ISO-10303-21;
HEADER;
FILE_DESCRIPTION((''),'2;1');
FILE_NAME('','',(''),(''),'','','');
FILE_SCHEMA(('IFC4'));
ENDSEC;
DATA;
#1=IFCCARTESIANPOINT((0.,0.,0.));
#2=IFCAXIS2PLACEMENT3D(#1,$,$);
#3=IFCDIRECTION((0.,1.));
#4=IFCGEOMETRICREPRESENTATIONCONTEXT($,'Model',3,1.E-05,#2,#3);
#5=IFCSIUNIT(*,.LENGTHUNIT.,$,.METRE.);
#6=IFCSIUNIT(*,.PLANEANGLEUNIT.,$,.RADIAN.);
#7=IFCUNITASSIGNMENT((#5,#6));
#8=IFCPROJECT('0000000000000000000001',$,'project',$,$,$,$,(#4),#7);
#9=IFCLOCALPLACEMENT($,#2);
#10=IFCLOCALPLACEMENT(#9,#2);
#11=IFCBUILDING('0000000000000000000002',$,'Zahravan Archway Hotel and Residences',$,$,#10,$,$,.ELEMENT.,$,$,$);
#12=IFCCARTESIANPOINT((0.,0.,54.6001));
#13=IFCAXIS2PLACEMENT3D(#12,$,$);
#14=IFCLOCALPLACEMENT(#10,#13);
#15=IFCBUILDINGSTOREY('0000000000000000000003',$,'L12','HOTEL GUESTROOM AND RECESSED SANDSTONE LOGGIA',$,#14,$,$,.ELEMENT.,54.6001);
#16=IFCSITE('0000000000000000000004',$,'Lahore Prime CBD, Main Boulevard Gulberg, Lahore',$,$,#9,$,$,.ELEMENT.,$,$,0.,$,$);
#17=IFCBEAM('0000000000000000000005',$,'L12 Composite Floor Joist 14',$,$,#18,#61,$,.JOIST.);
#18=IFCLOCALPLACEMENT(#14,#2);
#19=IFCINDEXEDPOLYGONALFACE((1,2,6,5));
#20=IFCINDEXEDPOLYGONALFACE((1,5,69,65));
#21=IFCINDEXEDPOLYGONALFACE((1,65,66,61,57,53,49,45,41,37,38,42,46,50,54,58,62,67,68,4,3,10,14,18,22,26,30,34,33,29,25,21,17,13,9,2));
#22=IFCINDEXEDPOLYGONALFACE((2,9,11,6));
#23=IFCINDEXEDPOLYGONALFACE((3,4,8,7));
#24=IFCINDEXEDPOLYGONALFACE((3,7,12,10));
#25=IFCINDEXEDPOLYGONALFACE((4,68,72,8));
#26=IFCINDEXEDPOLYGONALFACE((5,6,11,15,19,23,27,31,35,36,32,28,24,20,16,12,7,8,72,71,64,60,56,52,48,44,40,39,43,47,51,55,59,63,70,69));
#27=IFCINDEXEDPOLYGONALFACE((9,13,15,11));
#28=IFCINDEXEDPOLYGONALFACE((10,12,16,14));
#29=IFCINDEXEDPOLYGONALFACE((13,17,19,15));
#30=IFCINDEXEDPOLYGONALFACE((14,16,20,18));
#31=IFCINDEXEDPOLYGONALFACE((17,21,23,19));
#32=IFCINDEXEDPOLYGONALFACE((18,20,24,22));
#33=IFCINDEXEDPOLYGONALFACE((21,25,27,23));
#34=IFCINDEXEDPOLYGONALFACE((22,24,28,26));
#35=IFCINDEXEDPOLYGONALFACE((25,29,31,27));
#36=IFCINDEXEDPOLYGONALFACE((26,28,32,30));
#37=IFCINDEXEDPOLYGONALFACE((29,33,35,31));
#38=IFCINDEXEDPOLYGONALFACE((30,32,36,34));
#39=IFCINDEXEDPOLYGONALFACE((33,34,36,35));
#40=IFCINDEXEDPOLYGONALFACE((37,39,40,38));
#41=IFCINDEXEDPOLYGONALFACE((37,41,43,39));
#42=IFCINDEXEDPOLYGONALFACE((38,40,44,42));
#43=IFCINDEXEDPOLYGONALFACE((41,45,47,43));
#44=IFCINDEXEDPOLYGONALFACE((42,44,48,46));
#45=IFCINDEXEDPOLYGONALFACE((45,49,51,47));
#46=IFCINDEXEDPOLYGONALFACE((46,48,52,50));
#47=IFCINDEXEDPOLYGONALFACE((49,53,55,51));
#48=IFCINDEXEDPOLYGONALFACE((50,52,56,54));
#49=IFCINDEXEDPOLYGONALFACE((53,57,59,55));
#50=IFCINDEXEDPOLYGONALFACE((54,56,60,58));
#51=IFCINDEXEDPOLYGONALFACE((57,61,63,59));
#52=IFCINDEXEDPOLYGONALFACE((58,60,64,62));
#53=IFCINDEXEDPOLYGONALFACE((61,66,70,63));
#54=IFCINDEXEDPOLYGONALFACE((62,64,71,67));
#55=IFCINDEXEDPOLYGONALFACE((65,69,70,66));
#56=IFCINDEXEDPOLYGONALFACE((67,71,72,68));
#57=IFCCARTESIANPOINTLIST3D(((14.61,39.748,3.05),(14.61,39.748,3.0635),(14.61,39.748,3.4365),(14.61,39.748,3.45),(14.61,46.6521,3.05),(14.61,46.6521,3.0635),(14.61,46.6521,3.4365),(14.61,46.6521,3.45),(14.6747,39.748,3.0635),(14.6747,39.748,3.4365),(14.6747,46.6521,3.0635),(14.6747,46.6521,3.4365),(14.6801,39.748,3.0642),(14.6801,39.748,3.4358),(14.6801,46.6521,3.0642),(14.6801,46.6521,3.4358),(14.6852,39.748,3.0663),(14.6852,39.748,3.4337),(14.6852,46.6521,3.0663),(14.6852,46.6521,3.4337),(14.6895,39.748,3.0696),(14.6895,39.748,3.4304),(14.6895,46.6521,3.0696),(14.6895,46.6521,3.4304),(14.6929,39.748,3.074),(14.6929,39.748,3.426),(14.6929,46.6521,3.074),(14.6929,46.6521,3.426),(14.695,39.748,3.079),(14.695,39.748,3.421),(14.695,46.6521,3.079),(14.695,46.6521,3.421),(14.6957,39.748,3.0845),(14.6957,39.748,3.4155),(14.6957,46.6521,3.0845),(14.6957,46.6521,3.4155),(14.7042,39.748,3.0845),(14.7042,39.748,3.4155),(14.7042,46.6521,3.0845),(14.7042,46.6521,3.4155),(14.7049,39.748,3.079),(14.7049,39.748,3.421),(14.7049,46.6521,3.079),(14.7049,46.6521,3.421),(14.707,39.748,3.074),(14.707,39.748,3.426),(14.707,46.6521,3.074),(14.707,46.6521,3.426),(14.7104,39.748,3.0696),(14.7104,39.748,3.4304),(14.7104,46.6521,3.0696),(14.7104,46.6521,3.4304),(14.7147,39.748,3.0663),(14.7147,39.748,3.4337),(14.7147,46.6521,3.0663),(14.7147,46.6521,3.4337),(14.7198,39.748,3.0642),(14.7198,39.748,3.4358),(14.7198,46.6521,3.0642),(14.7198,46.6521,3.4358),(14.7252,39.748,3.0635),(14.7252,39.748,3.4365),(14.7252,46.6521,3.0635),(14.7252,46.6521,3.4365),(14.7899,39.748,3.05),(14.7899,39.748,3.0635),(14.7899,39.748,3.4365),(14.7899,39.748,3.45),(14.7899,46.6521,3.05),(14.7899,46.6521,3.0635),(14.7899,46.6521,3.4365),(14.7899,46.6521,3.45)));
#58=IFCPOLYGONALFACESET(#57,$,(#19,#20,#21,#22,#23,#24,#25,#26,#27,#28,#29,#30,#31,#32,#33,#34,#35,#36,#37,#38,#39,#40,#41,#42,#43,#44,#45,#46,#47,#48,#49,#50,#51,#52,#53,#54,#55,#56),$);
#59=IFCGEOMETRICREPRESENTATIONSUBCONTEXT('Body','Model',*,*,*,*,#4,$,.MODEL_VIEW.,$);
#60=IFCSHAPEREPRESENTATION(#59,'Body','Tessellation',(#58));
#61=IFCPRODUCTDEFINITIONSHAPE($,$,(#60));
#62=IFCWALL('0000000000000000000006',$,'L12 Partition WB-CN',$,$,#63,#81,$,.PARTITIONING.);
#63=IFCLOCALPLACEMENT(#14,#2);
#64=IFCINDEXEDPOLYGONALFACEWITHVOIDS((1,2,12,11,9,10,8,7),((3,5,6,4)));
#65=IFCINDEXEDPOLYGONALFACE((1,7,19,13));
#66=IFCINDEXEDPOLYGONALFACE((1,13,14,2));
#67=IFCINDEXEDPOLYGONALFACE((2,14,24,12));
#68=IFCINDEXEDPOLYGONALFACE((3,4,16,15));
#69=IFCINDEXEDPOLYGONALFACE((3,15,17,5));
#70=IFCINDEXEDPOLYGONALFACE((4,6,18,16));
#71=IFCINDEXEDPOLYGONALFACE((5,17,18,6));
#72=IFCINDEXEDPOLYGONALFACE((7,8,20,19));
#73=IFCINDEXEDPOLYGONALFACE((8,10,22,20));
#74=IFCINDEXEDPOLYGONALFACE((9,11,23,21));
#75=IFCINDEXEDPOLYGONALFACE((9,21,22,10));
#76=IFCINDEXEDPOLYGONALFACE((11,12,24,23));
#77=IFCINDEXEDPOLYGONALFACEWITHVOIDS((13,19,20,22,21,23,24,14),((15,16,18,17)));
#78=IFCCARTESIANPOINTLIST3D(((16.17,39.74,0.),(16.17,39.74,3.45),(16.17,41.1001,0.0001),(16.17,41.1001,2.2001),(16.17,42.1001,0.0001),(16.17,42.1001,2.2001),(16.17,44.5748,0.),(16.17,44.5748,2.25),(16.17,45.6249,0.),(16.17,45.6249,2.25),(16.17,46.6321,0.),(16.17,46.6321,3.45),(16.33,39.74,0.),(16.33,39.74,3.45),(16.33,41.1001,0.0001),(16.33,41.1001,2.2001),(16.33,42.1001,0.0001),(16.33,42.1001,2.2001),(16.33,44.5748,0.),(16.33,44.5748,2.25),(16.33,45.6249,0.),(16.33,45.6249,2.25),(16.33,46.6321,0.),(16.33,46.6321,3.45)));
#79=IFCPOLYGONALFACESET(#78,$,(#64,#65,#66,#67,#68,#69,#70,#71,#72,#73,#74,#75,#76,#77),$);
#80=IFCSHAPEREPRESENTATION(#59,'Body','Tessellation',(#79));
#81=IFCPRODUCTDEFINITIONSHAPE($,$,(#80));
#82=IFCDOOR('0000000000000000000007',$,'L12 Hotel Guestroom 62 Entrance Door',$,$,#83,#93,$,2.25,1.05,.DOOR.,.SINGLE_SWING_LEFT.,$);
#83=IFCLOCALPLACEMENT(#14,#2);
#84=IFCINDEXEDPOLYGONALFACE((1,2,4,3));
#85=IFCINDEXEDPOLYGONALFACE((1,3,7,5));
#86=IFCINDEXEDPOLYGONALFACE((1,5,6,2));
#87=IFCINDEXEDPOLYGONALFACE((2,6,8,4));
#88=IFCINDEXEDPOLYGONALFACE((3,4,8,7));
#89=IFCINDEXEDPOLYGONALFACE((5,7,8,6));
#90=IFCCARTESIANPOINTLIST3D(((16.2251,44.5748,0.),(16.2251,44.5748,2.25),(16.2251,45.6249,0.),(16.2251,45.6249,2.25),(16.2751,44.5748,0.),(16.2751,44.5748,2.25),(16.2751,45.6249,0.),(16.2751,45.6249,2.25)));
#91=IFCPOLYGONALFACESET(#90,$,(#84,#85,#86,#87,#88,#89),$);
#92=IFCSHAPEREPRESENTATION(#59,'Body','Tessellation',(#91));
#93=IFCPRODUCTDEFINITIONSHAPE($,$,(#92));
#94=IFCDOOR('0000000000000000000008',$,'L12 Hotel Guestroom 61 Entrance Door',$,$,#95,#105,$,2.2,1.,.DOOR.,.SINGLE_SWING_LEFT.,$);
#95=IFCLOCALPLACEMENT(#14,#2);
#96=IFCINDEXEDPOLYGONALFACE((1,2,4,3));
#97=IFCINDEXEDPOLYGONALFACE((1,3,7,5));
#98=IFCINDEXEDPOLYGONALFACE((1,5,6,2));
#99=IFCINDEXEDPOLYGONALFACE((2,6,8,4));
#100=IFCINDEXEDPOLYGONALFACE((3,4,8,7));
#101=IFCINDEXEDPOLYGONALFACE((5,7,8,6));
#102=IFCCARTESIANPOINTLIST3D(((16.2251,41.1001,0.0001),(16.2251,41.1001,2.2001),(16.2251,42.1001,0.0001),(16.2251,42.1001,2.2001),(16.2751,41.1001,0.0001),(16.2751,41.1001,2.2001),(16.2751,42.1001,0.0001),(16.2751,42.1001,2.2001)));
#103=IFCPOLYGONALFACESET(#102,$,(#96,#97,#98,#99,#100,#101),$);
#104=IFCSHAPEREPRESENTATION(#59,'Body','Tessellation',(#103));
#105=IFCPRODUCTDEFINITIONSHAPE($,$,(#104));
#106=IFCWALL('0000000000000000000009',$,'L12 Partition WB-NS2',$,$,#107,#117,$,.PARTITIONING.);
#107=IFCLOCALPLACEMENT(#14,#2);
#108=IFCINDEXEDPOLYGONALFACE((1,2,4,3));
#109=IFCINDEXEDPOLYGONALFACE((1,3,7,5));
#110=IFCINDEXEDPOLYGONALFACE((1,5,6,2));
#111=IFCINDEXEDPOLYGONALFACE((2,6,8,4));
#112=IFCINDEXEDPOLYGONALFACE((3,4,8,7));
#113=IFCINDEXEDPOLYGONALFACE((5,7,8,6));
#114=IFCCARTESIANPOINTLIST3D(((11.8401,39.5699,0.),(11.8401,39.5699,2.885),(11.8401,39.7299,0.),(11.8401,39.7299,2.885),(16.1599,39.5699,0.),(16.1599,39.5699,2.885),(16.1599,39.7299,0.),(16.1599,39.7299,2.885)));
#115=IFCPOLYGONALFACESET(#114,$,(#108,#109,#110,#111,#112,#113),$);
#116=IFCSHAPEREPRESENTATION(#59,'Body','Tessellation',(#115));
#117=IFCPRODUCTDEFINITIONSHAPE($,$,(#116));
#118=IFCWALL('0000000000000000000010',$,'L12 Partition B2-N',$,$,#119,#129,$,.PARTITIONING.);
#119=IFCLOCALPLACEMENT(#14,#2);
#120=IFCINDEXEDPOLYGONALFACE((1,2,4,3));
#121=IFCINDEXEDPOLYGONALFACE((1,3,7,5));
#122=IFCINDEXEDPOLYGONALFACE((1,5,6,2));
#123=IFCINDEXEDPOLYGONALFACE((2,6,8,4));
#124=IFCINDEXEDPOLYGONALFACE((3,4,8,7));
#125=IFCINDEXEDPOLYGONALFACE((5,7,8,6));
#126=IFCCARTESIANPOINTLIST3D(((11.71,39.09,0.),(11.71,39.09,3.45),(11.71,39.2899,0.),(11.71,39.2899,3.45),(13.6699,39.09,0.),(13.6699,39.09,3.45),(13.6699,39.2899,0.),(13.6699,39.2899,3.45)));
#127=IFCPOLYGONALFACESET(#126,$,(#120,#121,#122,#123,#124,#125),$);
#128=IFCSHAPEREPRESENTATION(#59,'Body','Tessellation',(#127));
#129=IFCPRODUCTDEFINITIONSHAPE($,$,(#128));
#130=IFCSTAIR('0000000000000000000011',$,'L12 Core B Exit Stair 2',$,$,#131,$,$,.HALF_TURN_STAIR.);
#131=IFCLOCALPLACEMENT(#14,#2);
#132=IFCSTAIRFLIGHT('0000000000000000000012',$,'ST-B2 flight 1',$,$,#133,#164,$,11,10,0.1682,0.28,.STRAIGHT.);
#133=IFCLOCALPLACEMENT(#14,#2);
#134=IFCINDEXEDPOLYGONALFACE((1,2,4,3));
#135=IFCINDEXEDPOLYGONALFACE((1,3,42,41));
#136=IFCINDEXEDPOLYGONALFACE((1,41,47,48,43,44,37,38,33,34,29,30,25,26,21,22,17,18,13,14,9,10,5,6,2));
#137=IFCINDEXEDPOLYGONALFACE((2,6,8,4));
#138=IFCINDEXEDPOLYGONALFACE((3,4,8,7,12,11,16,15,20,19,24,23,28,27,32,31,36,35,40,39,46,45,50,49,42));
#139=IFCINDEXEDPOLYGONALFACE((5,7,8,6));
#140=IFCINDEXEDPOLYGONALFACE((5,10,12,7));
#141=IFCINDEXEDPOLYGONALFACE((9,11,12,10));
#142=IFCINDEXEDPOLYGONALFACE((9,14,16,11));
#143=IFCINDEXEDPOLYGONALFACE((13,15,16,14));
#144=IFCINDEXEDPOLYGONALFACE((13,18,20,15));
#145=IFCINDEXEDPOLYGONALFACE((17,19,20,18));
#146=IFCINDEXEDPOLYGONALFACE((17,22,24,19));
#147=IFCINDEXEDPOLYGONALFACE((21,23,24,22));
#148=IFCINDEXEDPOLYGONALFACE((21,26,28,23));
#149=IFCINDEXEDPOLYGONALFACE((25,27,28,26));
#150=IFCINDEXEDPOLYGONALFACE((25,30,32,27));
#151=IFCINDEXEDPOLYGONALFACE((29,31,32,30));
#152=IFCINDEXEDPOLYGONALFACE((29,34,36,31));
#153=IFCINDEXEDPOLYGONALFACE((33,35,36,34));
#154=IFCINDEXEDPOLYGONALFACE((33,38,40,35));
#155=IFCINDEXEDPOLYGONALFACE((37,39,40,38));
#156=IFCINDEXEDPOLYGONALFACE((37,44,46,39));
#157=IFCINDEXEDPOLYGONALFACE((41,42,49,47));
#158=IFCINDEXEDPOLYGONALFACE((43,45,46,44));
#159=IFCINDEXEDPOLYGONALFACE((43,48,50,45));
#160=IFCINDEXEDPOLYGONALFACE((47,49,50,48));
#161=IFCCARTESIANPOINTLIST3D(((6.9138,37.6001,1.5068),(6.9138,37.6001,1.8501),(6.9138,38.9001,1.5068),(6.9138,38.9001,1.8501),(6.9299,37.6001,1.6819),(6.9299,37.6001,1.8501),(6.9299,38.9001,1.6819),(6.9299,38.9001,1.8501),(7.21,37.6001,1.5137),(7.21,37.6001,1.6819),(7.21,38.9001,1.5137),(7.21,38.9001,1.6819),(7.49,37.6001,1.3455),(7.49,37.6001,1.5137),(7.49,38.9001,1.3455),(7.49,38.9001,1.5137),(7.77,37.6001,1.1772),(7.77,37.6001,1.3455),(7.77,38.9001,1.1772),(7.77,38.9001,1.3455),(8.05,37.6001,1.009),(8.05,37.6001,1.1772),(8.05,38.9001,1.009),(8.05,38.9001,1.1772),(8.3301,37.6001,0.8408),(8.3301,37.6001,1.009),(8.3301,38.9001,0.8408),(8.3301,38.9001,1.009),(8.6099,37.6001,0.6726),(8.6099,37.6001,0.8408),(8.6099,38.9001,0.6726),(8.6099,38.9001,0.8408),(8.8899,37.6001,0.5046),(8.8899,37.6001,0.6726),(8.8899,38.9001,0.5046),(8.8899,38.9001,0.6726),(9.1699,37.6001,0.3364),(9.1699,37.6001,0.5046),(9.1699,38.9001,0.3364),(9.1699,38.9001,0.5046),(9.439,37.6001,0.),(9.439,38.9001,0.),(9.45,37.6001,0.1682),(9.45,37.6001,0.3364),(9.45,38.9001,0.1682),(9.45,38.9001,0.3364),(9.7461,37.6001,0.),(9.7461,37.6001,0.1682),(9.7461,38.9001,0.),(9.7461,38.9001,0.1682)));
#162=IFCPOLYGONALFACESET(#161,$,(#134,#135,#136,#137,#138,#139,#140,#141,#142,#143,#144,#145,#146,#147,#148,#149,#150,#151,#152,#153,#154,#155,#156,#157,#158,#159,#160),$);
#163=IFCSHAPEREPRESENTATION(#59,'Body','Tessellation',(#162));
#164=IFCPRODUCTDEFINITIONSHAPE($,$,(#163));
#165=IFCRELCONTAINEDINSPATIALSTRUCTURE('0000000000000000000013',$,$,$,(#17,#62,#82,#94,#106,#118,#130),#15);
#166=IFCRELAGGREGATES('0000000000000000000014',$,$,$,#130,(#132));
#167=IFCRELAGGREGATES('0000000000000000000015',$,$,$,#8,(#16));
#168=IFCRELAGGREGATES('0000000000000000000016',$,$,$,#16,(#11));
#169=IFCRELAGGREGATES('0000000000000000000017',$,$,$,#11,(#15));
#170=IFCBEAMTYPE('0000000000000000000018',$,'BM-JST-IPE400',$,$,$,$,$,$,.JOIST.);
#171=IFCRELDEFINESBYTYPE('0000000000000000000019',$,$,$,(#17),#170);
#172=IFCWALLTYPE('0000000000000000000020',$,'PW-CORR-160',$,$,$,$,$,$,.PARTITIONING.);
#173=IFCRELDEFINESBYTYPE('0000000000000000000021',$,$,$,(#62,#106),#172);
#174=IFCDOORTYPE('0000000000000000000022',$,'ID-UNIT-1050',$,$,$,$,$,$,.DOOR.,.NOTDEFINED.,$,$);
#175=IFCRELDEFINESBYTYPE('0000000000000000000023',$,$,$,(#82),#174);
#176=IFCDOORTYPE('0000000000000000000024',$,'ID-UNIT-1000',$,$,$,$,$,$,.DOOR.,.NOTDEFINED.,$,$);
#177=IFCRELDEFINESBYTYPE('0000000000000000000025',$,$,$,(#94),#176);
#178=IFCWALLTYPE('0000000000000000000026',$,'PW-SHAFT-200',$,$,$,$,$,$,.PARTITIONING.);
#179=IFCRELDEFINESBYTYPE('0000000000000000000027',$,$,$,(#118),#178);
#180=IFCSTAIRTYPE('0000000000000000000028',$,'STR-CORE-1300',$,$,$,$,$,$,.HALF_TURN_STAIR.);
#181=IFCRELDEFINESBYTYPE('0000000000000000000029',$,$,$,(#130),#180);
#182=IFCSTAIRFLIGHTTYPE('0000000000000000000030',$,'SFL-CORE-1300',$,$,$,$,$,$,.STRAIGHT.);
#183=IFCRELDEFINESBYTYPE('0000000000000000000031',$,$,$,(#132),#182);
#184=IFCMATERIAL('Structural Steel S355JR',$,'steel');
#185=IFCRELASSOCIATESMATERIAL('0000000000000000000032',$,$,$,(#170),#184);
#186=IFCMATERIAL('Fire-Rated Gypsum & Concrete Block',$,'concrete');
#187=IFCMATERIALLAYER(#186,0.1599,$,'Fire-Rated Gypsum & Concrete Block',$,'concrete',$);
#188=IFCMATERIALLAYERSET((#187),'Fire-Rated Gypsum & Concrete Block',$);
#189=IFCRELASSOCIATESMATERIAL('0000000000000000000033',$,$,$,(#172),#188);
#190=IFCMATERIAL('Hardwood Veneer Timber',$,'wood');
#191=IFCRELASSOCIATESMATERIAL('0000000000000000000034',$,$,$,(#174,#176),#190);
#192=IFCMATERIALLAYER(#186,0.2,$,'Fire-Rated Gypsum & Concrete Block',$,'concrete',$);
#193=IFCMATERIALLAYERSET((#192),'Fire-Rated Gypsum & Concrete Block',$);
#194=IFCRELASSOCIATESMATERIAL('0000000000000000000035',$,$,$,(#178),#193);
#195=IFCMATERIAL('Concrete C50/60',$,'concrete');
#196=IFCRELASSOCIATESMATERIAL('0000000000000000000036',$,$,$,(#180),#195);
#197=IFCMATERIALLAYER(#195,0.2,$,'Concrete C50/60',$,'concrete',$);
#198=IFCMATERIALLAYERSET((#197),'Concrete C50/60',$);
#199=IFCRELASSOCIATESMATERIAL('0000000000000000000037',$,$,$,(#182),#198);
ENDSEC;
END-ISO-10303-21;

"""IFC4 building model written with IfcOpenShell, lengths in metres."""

from ifc_helpers import new_model, si_unit, direction, frame, frame_2d, origin, origin_2d, place, context, subcontext, project, spatial, polyline, rectangle, i_section, outline, extrude, source, transform, mapped, material, layer, layer_set, material_profile, profile_set, type_object, type_shapes, element, fill, aggregate, save


model = new_model("IFC4")

# Units and contexts
model_context = context("Model", 3, precision=1e-05, world=origin(), true_north=direction((0.0, 1.0)))
body_context = subcontext(model_context, "Body", "Model", "MODEL_VIEW")
ifc_project = project(units=[si_unit("LENGTHUNIT", "METRE"), si_unit("PLANEANGLEUNIT", "RADIAN")], contexts=[model_context])

# Site, building, storey
site_placement = place(None, origin())
site = spatial("IfcSite", under=ifc_project, at=site_placement, Name="Lahore Prime CBD, Main Boulevard Gulberg, Lahore", CompositionType="ELEMENT", RefElevation=0.0)
building_placement = place(site_placement, origin())
building = spatial("IfcBuilding", under=site, at=building_placement, Name="Zahravan Archway Hotel and Residences", CompositionType="ELEMENT")
storey_placement = place(building_placement, frame((0.0, 0.0, 54.6001)))
storey = spatial("IfcBuildingStorey", under=building, at=storey_placement, Name="L12", Description="HOTEL GUESTROOM AND RECESSED SANDSTONE LOGGIA", CompositionType="ELEMENT", Elevation=54.6001)

# Beam
ifc_material_1 = material(Name="Structural Steel S355JR", Category="steel")
ifc_material_profile_1 = material_profile(ifc_material_1, i_section(OverallWidth=0.1799, OverallDepth=0.3999, WebThickness=0.0085, FlangeThickness=0.0134, FilletRadius=0.021, at=origin_2d()), Name="IPE 400", Category="steel")
ifc_profile_set_1 = profile_set([ifc_material_profile_1], Name="Structural Steel S355JR")
beam_type_1 = type_object("IfcBeamType", Name="BM-JST-IPE400", PredefinedType="JOIST", material=ifc_profile_set_1)
shared_shape_1 = source(origin(), body_context, "Body", "SweptSolid", [
    extrude(i_section(OverallWidth=0.1799, OverallDepth=0.3999, WebThickness=0.0085, FlangeThickness=0.0134, FilletRadius=0.021, at=origin_2d()), origin(), (0.0, 0.0, 1.0), 6.9041),
])
type_shapes(beam_type_1, [shared_shape_1])
beam_1_placement = place(storey_placement, frame((14.7, 39.748, 3.25), z_axis=(0.0, 1.0, 0.0), x_axis=(-1.0, 0.0, 0.0)))
element("IfcBeam", 1, at=beam_1_placement, inside=storey, type_object=beam_type_1, Name="L12 Composite Floor Joist 14", PredefinedType="JOIST", context=body_context, shape_type="MappedRepresentation", body=[
    mapped(shared_shape_1, transform((0.0, 0.0, 0.0), scale=1.0)),
])

# Wall, openings, doors
ifc_material_2 = material(Name="Fire-Rated Gypsum & Concrete Block", Category="concrete")
ifc_layer_1 = layer(ifc_material_2, 0.1599, Name="Fire-Rated Gypsum & Concrete Block", Category="concrete")
ifc_layer_set_1 = layer_set([ifc_layer_1], Name="Fire-Rated Gypsum & Concrete Block")
wall_type_1 = type_object("IfcWallType", Name="PW-CORR-160", PredefinedType="PARTITIONING", material=ifc_layer_set_1)
wall_1_placement = place(storey_placement, frame((16.25, 39.74, 0.0), z_axis=(0.0, 0.0, 1.0), x_axis=(0.0, 1.0, 0.0)))
wall_1 = element("IfcWall", 2, at=wall_1_placement, inside=storey, type_object=wall_type_1, Name="L12 Partition WB-CN", PredefinedType="PARTITIONING", context=body_context, shape_type="SweptSolid", body=[
    extrude(rectangle(XDim=6.8921, YDim=0.1599, at=frame_2d((3.446, 0.0))), origin(), (0.0, 0.0, 1.0), 3.45),
])
opening_1_placement = place(wall_1_placement, frame((1.3601, 0.0, 0.0)))
opening_1 = element("IfcOpeningElement", 3, at=opening_1_placement, cuts=wall_1, PredefinedType="OPENING", context=body_context, shape_type="SweptSolid", body=[
    extrude(rectangle(XDim=1.0, YDim=2.2, at=frame_2d((0.5, 1.1001))), frame((0.0, 0.0898, 0.0), z_axis=(0.0, -1.0, 0.0), x_axis=(1.0, 0.0, 0.0)), (0.0, 0.0, 1.0), 0.1799),
])
opening_2_placement = place(wall_1_placement, frame((4.835, 0.0, 0.0)))
opening_2 = element("IfcOpeningElement", 4, at=opening_2_placement, cuts=wall_1, PredefinedType="OPENING", context=body_context, shape_type="SweptSolid", body=[
    extrude(rectangle(XDim=1.05, YDim=2.25, at=frame_2d((0.5249, 1.125))), frame((0.0, 0.0898, 0.0), z_axis=(0.0, -1.0, 0.0), x_axis=(1.0, 0.0, 0.0)), (0.0, 0.0, 1.0), 0.1799),
])
ifc_material_3 = material(Name="Hardwood Veneer Timber", Category="wood")
door_type_1 = type_object("IfcDoorType", Name="ID-UNIT-1050", OperationType="NOTDEFINED", PredefinedType="DOOR", material=ifc_material_3)
shared_shape_2 = source(origin(), body_context, "Body", "SweptSolid", [
    extrude(rectangle(XDim=1.05, YDim=2.25, at=frame_2d((0.5249, 1.125))), frame((0.0, 0.0249, 0.0), z_axis=(0.0, -1.0, 0.0), x_axis=(1.0, 0.0, 0.0)), (0.0, 0.0, 1.0), 0.05),
])
type_shapes(door_type_1, [shared_shape_2])
door_1_placement = place(opening_2_placement, origin())
door_1 = element("IfcDoor", 5, at=door_1_placement, inside=storey, type_object=door_type_1, Name="L12 Hotel Guestroom 62 Entrance Door", OperationType="SINGLE_SWING_LEFT", OverallHeight=2.25, OverallWidth=1.05, PredefinedType="DOOR", context=body_context, shape_type="MappedRepresentation", body=[
    mapped(shared_shape_2, transform((0.0, 0.0, 0.0), scale=1.0)),
])
fill(opening_2, door_1)
door_type_2 = type_object("IfcDoorType", Name="ID-UNIT-1000", OperationType="NOTDEFINED", PredefinedType="DOOR", material=ifc_material_3)
shared_shape_3 = source(origin(), body_context, "Body", "SweptSolid", [
    extrude(rectangle(XDim=1.0, YDim=2.2, at=frame_2d((0.5, 1.1001))), frame((0.0, 0.0249, 0.0), z_axis=(0.0, -1.0, 0.0), x_axis=(1.0, 0.0, 0.0)), (0.0, 0.0, 1.0), 0.05),
])
type_shapes(door_type_2, [shared_shape_3])
door_2_placement = place(opening_1_placement, origin())
door_2 = element("IfcDoor", 6, at=door_2_placement, inside=storey, type_object=door_type_2, Name="L12 Hotel Guestroom 61 Entrance Door", OperationType="SINGLE_SWING_LEFT", OverallHeight=2.2, OverallWidth=1.0, PredefinedType="DOOR", context=body_context, shape_type="MappedRepresentation", body=[
    mapped(shared_shape_3, transform((0.0, 0.0, 0.0), scale=1.0)),
])
fill(opening_1, door_2)

# Walls
wall_2_placement = place(storey_placement, frame((11.8401, 39.6499, 0.0), z_axis=(0.0, 0.0, 1.0), x_axis=(1.0, 0.0, 0.0)))
element("IfcWall", 7, at=wall_2_placement, inside=storey, type_object=wall_type_1, Name="L12 Partition WB-NS2", PredefinedType="PARTITIONING", context=body_context, shape_type="SweptSolid", body=[
    extrude(rectangle(XDim=4.3198, YDim=0.1599, at=frame_2d((2.1599, 0.0))), origin(), (0.0, 0.0, 1.0), 2.885),
])
ifc_layer_2 = layer(ifc_material_2, 0.2, Name="Fire-Rated Gypsum & Concrete Block", Category="concrete")
ifc_layer_set_2 = layer_set([ifc_layer_2], Name="Fire-Rated Gypsum & Concrete Block")
wall_type_2 = type_object("IfcWallType", Name="PW-SHAFT-200", PredefinedType="PARTITIONING", material=ifc_layer_set_2)
wall_3_placement = place(storey_placement, frame((11.71, 39.1899, 0.0), z_axis=(0.0, 0.0, 1.0), x_axis=(1.0, 0.0, 0.0)))
element("IfcWall", 8, at=wall_3_placement, inside=storey, type_object=wall_type_2, Name="L12 Partition B2-N", PredefinedType="PARTITIONING", context=body_context, shape_type="SweptSolid", body=[
    extrude(rectangle(XDim=1.96, YDim=0.2, at=frame_2d((0.98, 0.0))), origin(), (0.0, 0.0, 1.0), 3.45),
])

# Stair, stair flight
ifc_material_4 = material(Name="Concrete C50/60", Category="concrete")
stair_type = type_object("IfcStairType", Name="STR-CORE-1300", PredefinedType="HALF_TURN_STAIR", material=ifc_material_4)
stair_placement = place(storey_placement, origin())
stair = element("IfcStair", 9, at=stair_placement, inside=storey, type_object=stair_type, Name="L12 Core B Exit Stair 2", PredefinedType="HALF_TURN_STAIR")
ifc_layer_3 = layer(ifc_material_4, 0.2, Name="Concrete C50/60", Category="concrete")
ifc_layer_set_3 = layer_set([ifc_layer_3], Name="Concrete C50/60")
stair_flight_type = type_object("IfcStairFlightType", Name="SFL-CORE-1300", PredefinedType="STRAIGHT", material=ifc_layer_set_3)
shared_shape_4 = source(origin(), body_context, "Body", "SweptSolid", [
    extrude(outline(polyline([(-0.0161, 0.0), (-0.0161, 0.1682), (0.28, 0.1682), (0.28, 0.3364), (0.5601, 0.3364), (0.5601, 0.5046), (0.8401, 0.5046), (0.8401, 0.6726), (1.1201, 0.6726), (1.1201, 0.8408), (1.3999, 0.8408), (1.3999, 1.009), (1.6799, 1.009), (1.6799, 1.1772), (1.96, 1.1772), (1.96, 1.3455), (2.24, 1.3455), (2.24, 1.5137), (2.52, 1.5137), (2.52, 1.6819), (2.8, 1.6819), (2.8, 1.8501), (2.8162, 1.8501), (2.8162, 1.5068), (0.291, 0.0), (-0.0161, 0.0)])), frame((0.0, 0.6499, 0.0), z_axis=(0.0, -1.0, 0.0), x_axis=(1.0, 0.0, 0.0)), (0.0, 0.0, 1.0), 1.3),
])
stair_flight_placement = place(storey_placement, frame((9.73, 38.25, 0.0), z_axis=(0.0, 0.0, 1.0), x_axis=(-1.0, 0.0, 0.0)))
stair_flight = element("IfcStairFlight", 10, at=stair_flight_placement, type_object=stair_flight_type, Name="ST-B2 flight 1", NumberOfRisers=11, NumberOfTreads=10, PredefinedType="STRAIGHT", RiserHeight=0.1682, TreadLength=0.28, context=body_context, shape_type="MappedRepresentation", body=[
    mapped(shared_shape_4, transform((0.0, 0.0, 0.0), scale=1.0)),
])
aggregate(stair, [stair_flight])

save(model, "model.ifc")
